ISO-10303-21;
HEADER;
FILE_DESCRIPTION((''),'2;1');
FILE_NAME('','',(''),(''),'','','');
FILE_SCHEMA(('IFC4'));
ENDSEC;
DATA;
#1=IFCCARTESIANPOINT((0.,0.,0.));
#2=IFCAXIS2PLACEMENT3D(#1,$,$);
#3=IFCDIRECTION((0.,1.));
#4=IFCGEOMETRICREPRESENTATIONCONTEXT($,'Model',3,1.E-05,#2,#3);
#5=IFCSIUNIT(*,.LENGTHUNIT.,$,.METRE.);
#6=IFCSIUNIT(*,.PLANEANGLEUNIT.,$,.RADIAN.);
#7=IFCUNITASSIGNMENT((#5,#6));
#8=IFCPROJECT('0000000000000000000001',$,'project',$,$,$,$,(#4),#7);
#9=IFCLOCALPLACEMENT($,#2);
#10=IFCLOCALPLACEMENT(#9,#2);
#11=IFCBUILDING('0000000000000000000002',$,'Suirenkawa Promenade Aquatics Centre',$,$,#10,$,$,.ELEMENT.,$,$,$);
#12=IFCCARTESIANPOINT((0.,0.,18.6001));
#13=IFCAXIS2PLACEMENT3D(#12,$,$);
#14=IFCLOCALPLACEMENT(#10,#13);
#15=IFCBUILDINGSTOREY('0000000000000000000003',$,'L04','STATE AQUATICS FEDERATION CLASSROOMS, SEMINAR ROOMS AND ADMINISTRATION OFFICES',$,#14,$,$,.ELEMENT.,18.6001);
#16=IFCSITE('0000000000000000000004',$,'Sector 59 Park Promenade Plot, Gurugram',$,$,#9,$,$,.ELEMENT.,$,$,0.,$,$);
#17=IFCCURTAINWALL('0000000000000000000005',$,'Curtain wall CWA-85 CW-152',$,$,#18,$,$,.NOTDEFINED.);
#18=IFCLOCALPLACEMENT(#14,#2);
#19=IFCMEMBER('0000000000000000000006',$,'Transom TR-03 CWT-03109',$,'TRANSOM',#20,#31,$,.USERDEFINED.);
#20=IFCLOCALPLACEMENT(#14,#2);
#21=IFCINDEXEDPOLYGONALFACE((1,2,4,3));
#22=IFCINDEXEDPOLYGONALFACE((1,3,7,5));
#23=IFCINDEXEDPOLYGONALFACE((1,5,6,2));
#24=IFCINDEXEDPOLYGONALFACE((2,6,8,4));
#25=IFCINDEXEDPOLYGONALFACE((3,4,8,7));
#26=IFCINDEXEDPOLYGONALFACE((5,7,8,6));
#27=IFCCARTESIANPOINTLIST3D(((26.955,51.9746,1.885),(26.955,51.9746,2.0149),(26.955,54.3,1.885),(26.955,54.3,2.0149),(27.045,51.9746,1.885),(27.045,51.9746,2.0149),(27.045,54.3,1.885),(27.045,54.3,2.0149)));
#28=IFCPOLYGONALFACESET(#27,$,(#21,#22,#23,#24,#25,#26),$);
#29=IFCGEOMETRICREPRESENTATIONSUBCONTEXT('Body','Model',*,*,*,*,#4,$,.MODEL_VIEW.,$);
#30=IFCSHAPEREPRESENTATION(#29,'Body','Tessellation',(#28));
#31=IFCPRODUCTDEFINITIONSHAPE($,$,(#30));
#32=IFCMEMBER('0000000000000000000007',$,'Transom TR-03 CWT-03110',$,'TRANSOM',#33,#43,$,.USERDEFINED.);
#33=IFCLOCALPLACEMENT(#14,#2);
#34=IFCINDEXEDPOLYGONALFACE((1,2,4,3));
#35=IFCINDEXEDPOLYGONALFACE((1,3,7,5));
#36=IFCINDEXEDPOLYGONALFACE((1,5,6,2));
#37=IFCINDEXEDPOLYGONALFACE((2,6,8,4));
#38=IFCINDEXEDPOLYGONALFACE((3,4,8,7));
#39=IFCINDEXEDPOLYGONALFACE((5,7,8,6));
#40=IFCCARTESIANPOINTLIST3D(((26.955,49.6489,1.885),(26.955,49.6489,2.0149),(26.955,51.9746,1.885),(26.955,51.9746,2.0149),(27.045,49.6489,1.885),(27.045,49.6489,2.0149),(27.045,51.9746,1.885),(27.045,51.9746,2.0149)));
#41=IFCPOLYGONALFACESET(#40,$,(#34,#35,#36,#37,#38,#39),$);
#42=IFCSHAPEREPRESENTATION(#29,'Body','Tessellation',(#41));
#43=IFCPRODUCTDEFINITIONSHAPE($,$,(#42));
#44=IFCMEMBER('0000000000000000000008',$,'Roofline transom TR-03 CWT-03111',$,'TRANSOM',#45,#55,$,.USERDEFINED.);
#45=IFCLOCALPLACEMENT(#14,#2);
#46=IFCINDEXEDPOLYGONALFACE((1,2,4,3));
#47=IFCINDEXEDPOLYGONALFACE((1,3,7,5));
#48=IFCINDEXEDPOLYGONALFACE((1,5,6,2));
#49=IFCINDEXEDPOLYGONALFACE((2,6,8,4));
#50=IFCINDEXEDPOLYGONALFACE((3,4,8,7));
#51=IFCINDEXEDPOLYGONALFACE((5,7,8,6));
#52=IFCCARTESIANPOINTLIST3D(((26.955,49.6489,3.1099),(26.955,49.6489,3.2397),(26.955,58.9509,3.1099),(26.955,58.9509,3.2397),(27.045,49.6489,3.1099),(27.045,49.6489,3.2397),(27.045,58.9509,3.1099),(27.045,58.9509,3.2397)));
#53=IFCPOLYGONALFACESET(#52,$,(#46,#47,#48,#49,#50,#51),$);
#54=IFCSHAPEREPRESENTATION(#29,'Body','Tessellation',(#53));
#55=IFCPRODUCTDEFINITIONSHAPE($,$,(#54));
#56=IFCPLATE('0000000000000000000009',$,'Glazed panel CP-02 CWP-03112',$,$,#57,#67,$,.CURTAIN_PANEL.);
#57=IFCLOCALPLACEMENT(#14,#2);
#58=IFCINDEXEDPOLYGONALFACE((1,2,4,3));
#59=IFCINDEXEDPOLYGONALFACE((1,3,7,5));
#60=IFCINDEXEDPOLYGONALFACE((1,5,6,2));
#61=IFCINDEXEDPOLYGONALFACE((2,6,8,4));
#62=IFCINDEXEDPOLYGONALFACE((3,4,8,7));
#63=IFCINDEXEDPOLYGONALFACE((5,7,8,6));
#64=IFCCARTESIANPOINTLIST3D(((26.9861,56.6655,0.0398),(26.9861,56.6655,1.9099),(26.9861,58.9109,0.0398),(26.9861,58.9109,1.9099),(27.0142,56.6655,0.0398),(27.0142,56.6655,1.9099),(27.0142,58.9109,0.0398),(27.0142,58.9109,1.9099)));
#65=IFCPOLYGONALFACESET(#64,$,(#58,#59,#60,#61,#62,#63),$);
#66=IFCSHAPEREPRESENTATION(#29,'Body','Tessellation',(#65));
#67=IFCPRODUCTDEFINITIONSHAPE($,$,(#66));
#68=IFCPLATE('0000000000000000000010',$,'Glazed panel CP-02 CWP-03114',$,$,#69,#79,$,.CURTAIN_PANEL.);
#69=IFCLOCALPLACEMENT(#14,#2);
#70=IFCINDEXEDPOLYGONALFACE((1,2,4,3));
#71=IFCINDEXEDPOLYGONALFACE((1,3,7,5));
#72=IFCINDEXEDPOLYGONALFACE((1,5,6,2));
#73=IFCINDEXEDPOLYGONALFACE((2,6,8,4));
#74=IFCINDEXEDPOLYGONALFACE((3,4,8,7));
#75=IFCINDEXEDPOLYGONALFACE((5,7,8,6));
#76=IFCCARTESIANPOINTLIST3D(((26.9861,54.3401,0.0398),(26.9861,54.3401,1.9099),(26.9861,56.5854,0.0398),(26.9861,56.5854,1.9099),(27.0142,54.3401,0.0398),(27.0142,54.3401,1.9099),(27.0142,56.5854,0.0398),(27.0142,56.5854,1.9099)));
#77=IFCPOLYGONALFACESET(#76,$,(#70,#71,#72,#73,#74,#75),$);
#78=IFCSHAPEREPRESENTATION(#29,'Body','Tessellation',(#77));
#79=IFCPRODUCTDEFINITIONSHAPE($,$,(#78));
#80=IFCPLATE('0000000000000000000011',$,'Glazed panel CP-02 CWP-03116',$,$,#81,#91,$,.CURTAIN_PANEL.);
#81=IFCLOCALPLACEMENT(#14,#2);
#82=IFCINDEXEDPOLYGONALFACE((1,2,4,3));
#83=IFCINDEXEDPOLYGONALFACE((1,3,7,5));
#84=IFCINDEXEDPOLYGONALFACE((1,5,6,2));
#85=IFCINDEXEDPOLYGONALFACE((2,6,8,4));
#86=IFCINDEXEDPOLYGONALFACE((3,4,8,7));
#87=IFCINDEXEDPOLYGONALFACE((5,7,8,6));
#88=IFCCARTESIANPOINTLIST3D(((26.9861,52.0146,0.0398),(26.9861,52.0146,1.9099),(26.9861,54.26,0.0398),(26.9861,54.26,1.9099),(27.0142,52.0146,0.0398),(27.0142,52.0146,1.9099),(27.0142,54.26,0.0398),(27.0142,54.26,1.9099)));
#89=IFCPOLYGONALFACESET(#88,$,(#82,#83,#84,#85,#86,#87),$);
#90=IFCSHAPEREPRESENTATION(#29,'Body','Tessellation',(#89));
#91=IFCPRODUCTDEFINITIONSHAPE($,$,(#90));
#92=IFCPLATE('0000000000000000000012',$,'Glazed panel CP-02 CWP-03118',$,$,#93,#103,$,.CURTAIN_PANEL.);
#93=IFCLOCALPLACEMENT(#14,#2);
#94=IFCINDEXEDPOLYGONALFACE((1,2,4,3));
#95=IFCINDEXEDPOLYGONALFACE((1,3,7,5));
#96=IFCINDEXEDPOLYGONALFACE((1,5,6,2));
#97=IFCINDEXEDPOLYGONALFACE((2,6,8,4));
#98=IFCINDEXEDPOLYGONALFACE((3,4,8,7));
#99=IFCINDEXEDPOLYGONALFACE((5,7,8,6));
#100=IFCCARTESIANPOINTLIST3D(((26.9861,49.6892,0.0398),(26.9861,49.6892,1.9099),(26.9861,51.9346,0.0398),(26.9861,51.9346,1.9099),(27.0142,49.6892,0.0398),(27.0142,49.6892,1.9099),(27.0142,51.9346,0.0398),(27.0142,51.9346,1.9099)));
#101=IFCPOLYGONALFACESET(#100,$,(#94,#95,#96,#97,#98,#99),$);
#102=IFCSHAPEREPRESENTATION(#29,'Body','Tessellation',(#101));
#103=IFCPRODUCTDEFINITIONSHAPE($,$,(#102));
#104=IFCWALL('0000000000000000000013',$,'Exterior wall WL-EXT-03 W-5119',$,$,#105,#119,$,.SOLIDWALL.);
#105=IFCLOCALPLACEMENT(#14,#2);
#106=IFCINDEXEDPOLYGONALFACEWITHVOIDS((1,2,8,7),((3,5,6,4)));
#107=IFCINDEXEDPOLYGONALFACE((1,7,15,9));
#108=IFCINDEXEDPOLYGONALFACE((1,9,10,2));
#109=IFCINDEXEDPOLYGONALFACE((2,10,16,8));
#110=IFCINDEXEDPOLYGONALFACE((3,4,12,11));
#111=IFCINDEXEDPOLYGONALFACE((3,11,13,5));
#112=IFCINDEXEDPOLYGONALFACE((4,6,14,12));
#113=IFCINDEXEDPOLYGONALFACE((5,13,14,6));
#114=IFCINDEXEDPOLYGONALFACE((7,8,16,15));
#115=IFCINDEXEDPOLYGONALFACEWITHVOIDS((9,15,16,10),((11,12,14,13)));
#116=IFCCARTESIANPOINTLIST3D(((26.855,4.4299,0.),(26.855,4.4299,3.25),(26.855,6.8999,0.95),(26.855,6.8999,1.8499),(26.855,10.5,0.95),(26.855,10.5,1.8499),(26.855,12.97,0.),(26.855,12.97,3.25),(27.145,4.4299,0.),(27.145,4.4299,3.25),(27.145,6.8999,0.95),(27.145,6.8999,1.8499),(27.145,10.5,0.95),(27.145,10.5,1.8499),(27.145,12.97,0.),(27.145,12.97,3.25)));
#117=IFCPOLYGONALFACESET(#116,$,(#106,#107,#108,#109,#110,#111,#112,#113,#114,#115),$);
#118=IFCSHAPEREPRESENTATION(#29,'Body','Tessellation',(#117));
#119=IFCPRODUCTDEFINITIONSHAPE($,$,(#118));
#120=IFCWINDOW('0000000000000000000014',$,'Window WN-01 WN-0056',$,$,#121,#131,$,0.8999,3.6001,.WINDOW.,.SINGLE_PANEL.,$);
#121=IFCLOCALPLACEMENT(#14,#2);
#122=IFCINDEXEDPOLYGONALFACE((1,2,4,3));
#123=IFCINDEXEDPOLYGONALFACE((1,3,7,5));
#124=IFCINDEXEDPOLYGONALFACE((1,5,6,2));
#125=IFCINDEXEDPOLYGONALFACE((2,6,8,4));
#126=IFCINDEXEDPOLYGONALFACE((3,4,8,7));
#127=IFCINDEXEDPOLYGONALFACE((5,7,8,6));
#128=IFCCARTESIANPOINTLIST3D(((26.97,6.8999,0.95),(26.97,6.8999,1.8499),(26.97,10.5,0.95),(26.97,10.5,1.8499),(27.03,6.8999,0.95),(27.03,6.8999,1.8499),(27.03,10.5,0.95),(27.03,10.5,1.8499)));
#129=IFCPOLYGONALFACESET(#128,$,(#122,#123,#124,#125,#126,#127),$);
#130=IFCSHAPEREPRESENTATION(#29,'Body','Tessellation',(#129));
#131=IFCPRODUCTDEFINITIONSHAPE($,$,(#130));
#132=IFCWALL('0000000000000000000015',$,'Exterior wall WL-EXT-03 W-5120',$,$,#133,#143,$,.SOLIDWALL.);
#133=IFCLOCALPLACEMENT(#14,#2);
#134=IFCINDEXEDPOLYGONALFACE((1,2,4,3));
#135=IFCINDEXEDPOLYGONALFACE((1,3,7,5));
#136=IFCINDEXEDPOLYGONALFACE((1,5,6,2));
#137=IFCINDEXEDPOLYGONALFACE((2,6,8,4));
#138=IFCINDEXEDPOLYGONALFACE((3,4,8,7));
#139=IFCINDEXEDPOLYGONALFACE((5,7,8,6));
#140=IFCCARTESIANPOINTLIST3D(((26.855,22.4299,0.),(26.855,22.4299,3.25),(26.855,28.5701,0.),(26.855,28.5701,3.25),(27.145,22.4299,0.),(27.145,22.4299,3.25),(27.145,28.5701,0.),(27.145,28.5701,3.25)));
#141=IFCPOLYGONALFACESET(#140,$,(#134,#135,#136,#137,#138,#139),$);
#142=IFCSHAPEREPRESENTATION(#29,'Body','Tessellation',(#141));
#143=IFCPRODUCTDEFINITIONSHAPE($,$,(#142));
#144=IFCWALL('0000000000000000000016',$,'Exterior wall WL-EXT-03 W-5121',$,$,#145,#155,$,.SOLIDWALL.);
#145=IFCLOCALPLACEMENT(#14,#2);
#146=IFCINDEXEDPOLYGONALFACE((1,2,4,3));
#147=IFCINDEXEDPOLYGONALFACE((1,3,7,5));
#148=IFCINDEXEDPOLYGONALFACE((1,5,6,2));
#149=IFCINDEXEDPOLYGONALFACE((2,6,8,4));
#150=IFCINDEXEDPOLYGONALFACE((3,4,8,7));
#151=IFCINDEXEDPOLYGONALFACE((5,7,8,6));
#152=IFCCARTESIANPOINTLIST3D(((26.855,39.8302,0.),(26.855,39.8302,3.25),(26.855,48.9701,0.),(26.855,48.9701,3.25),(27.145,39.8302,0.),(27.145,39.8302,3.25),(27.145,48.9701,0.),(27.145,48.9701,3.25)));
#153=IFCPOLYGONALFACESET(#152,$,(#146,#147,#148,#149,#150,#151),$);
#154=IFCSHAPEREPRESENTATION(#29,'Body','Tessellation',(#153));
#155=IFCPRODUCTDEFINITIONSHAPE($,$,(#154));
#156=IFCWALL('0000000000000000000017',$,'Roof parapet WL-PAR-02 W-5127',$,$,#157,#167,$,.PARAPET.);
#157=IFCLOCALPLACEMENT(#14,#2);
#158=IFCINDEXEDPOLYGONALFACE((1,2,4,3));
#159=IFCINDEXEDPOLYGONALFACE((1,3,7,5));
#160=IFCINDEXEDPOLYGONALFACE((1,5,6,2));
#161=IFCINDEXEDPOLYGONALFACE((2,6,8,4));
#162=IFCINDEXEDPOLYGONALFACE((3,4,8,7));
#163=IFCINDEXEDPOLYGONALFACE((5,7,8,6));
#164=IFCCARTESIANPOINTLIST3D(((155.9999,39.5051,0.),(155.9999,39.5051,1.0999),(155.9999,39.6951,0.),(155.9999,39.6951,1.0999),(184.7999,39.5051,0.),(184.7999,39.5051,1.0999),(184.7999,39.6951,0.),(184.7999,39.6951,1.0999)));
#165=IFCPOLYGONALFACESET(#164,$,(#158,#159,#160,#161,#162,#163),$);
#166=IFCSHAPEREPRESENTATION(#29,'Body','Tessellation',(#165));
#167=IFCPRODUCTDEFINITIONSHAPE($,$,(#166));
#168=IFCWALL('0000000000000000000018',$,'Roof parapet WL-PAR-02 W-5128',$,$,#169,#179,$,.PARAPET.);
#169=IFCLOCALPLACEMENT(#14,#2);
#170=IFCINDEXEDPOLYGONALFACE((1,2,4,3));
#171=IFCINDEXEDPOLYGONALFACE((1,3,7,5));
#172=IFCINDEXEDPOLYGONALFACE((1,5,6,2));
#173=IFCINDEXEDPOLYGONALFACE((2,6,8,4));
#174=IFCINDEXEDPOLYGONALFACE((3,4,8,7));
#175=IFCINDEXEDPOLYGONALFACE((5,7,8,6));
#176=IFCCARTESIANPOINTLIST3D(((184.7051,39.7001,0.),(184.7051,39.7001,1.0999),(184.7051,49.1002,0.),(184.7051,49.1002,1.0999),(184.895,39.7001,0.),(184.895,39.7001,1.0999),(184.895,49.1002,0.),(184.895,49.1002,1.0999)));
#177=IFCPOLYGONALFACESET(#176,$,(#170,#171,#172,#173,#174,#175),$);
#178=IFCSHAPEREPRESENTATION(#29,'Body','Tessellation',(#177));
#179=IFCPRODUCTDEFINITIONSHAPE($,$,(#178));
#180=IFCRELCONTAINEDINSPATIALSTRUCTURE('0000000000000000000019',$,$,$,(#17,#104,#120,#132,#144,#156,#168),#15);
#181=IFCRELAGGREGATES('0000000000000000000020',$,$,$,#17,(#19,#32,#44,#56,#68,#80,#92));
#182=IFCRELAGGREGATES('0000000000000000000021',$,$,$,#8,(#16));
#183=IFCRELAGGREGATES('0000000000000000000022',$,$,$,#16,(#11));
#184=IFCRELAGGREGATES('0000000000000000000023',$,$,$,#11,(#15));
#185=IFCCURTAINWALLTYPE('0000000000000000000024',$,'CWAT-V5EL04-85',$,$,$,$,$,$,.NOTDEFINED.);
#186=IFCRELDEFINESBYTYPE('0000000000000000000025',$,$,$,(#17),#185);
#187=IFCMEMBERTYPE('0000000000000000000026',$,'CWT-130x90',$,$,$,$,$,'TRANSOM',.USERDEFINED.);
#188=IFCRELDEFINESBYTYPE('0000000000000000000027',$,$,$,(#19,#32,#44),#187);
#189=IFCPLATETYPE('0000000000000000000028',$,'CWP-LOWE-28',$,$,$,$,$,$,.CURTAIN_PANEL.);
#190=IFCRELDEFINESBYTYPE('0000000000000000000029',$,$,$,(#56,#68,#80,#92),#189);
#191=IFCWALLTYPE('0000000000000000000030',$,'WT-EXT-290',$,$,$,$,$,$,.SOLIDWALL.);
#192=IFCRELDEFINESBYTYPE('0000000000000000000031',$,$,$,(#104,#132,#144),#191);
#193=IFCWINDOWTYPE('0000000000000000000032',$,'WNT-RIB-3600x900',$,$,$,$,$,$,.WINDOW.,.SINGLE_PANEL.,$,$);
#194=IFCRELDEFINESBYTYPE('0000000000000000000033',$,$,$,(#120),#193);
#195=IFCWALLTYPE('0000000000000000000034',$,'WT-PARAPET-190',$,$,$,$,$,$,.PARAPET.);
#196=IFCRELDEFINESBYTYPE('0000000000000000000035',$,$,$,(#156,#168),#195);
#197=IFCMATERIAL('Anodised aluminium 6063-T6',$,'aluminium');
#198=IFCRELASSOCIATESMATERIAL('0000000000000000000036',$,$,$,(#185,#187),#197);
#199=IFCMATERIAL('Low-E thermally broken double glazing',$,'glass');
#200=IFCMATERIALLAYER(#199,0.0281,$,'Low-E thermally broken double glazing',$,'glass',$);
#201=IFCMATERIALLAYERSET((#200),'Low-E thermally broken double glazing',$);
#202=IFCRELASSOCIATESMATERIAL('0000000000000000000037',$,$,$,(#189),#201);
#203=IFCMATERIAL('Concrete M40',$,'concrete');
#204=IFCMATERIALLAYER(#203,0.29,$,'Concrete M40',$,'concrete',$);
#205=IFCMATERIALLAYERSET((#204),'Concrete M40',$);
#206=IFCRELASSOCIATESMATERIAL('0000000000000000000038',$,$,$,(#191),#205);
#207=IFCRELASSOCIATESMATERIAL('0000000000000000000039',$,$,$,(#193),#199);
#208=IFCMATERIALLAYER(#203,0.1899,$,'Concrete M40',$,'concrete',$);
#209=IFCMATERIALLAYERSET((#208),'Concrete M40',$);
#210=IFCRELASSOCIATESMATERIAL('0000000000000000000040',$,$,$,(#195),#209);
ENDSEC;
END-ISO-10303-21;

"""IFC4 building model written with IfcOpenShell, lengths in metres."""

from ifc_helpers import new_model, si_unit, direction, frame, frame_2d, origin, origin_2d, place, context, subcontext, project, spatial, polyline, rectangle, outline, extrude, material, layer, layer_set, material_profile, profile_set, type_object, element, fill, aggregate, save


model = new_model("IFC4")

# Units and contexts
model_context = context("Model", 3, precision=1e-05, world=origin(), true_north=direction((0.0, 1.0)))
body_context = subcontext(model_context, "Body", "Model", "MODEL_VIEW")
ifc_project = project(units=[si_unit("LENGTHUNIT", "METRE"), si_unit("PLANEANGLEUNIT", "RADIAN")], contexts=[model_context])

# Site, building, storey
site_placement = place(None, origin())
site = spatial("IfcSite", under=ifc_project, at=site_placement, Name="Sector 59 Park Promenade Plot, Gurugram", CompositionType="ELEMENT", RefElevation=0.0)
building_placement = place(site_placement, origin())
building = spatial("IfcBuilding", under=site, at=building_placement, Name="Suirenkawa Promenade Aquatics Centre", CompositionType="ELEMENT")
storey_placement = place(building_placement, frame((0.0, 0.0, 18.6001)))
storey = spatial("IfcBuildingStorey", under=building, at=storey_placement, Name="L04", Description="STATE AQUATICS FEDERATION CLASSROOMS, SEMINAR ROOMS AND ADMINISTRATION OFFICES", CompositionType="ELEMENT", Elevation=18.6001)

# Curtain wall, members, plates
ifc_material_1 = material(Name="Anodised aluminium 6063-T6", Category="aluminium")
curtain_wall_type = type_object("IfcCurtainWallType", Name="CWAT-V5EL04-85", PredefinedType="NOTDEFINED", material=ifc_material_1)
curtain_wall_placement = place(storey_placement, origin())
curtain_wall = element("IfcCurtainWall", 1, at=curtain_wall_placement, inside=storey, type_object=curtain_wall_type, Name="Curtain wall CWA-85 CW-152", PredefinedType="NOTDEFINED")
ifc_material_profile = material_profile(ifc_material_1, rectangle(XDim=0.0901, YDim=0.1299, at=origin_2d()), Name="ALU TRAN 90x130", Category="aluminium")
ifc_profile_set = profile_set([ifc_material_profile], Name="Anodised aluminium 6063-T6")
member_type = type_object("IfcMemberType", Name="CWT-130x90", ElementType="TRANSOM", PredefinedType="USERDEFINED", material=ifc_profile_set)
member_1_placement = place(storey_placement, frame((27.0, 54.3, 1.95), z_axis=(0.0, -1.0, 0.0), x_axis=(1.0, 0.0, 0.0)))
member_1 = element("IfcMember", 2, at=member_1_placement, type_object=member_type, Name="Transom TR-03 CWT-03109", ObjectType="TRANSOM", PredefinedType="USERDEFINED", context=body_context, shape_type="SweptSolid", body=[
    extrude(rectangle(XDim=0.0901, YDim=0.1299, at=origin_2d()), origin(), (0.0, 0.0, 1.0), 2.3254),
])
member_2_placement = place(storey_placement, frame((27.0, 51.9746, 1.95), z_axis=(0.0, -1.0, 0.0), x_axis=(1.0, 0.0, 0.0)))
member_2 = element("IfcMember", 3, at=member_2_placement, type_object=member_type, Name="Transom TR-03 CWT-03110", ObjectType="TRANSOM", PredefinedType="USERDEFINED", context=body_context, shape_type="SweptSolid", body=[
    extrude(rectangle(XDim=0.0901, YDim=0.1299, at=origin_2d()), origin(), (0.0, 0.0, 1.0), 2.3257),
])
member_3_placement = place(storey_placement, frame((27.0, 58.9509, 3.1748), z_axis=(0.0, -1.0, 0.0), x_axis=(1.0, 0.0, 0.0)))
member_3 = element("IfcMember", 4, at=member_3_placement, type_object=member_type, Name="Roofline transom TR-03 CWT-03111", ObjectType="TRANSOM", PredefinedType="USERDEFINED", context=body_context, shape_type="SweptSolid", body=[
    extrude(rectangle(XDim=0.0901, YDim=0.1299, at=origin_2d()), origin(), (0.0, 0.0, 1.0), 9.302),
])
ifc_material_2 = material(Name="Low-E thermally broken double glazing", Category="glass")
ifc_layer_1 = layer(ifc_material_2, 0.0281, Name="Low-E thermally broken double glazing", Category="glass")
ifc_layer_set_1 = layer_set([ifc_layer_1], Name="Low-E thermally broken double glazing")
plate_type = type_object("IfcPlateType", Name="CWP-LOWE-28", PredefinedType="CURTAIN_PANEL", material=ifc_layer_set_1)
plate_1_placement = place(storey_placement, frame((27.0, 58.9509, 0.0398), z_axis=(0.0, 0.0, 1.0), x_axis=(0.0, -1.0, 0.0)))
plate_1 = element("IfcPlate", 5, at=plate_1_placement, type_object=plate_type, Name="Glazed panel CP-02 CWP-03112", PredefinedType="CURTAIN_PANEL", context=body_context, shape_type="SweptSolid", body=[
    extrude(outline(polyline([(0.04, 0.0), (2.2854, 0.0), (2.2854, 1.8701), (0.04, 1.8701), (0.04, 0.0)])), frame((0.0, 0.0142, 0.0), z_axis=(0.0, -1.0, 0.0), x_axis=(1.0, 0.0, 0.0)), (0.0, 0.0, 1.0), 0.0281),
])
plate_2_placement = place(storey_placement, frame((27.0, 56.6255, 0.0398), z_axis=(0.0, 0.0, 1.0), x_axis=(0.0, -1.0, 0.0)))
plate_2 = element("IfcPlate", 6, at=plate_2_placement, type_object=plate_type, Name="Glazed panel CP-02 CWP-03114", PredefinedType="CURTAIN_PANEL", context=body_context, shape_type="SweptSolid", body=[
    extrude(outline(polyline([(0.04, 0.0), (2.2854, 0.0), (2.2854, 1.8701), (0.04, 1.8701), (0.04, 0.0)])), frame((0.0, 0.0142, 0.0), z_axis=(0.0, -1.0, 0.0), x_axis=(1.0, 0.0, 0.0)), (0.0, 0.0, 1.0), 0.0281),
])
plate_3_placement = place(storey_placement, frame((27.0, 54.3, 0.0398), z_axis=(0.0, 0.0, 1.0), x_axis=(0.0, -1.0, 0.0)))
plate_3 = element("IfcPlate", 7, at=plate_3_placement, type_object=plate_type, Name="Glazed panel CP-02 CWP-03116", PredefinedType="CURTAIN_PANEL", context=body_context, shape_type="SweptSolid", body=[
    extrude(outline(polyline([(0.04, 0.0), (2.2854, 0.0), (2.2854, 1.8701), (0.04, 1.8701), (0.04, 0.0)])), frame((0.0, 0.0142, 0.0), z_axis=(0.0, -1.0, 0.0), x_axis=(1.0, 0.0, 0.0)), (0.0, 0.0, 1.0), 0.0281),
])
plate_4_placement = place(storey_placement, frame((27.0, 51.9746, 0.0398), z_axis=(0.0, 0.0, 1.0), x_axis=(0.0, -1.0, 0.0)))
plate_4 = element("IfcPlate", 8, at=plate_4_placement, type_object=plate_type, Name="Glazed panel CP-02 CWP-03118", PredefinedType="CURTAIN_PANEL", context=body_context, shape_type="SweptSolid", body=[
    extrude(outline(polyline([(0.04, 0.0), (2.2854, 0.0), (2.2854, 1.8701), (0.04, 1.8701), (0.04, 0.0)])), frame((0.0, 0.0142, 0.0), z_axis=(0.0, -1.0, 0.0), x_axis=(1.0, 0.0, 0.0)), (0.0, 0.0, 1.0), 0.0281),
])
aggregate(curtain_wall, [member_1, member_2, member_3, plate_1, plate_2, plate_3, plate_4])

# Wall, opening, window
ifc_material_3 = material(Name="Concrete M40", Category="concrete")
ifc_layer_2 = layer(ifc_material_3, 0.29, Name="Concrete M40", Category="concrete")
ifc_layer_set_2 = layer_set([ifc_layer_2], Name="Concrete M40")
wall_type_1 = type_object("IfcWallType", Name="WT-EXT-290", PredefinedType="SOLIDWALL", material=ifc_layer_set_2)
wall_1_placement = place(storey_placement, frame((27.0, 12.97, 0.0), z_axis=(0.0, 0.0, 1.0), x_axis=(0.0, -1.0, 0.0)))
wall_1 = element("IfcWall", 9, at=wall_1_placement, inside=storey, type_object=wall_type_1, Name="Exterior wall WL-EXT-03 W-5119", PredefinedType="SOLIDWALL", context=body_context, shape_type="SweptSolid", body=[
    extrude(rectangle(XDim=8.54, YDim=0.29, at=frame_2d((4.27, 0.0))), origin(), (0.0, 0.0, 1.0), 3.25),
])
opening_placement = place(wall_1_placement, frame((2.47, 0.0, 0.95)))
opening = element("IfcOpeningElement", 10, at=opening_placement, cuts=wall_1, PredefinedType="OPENING", context=body_context, shape_type="SweptSolid", body=[
    extrude(rectangle(XDim=3.6001, YDim=0.8999, at=frame_2d((1.8, 0.45))), frame((0.0, 0.155, 0.0), z_axis=(0.0, -1.0, 0.0), x_axis=(1.0, 0.0, 0.0)), (0.0, 0.0, 1.0), 0.3101),
])
window_type = type_object("IfcWindowType", Name="WNT-RIB-3600x900", PartitioningType="SINGLE_PANEL", PredefinedType="WINDOW", material=ifc_material_2)
window_placement = place(opening_placement, origin())
window = element("IfcWindow", 11, at=window_placement, inside=storey, type_object=window_type, Name="Window WN-01 WN-0056", OverallHeight=0.8999, OverallWidth=3.6001, PartitioningType="SINGLE_PANEL", PredefinedType="WINDOW", context=body_context, shape_type="SweptSolid", body=[
    extrude(rectangle(XDim=3.6001, YDim=0.8999, at=frame_2d((1.8, 0.45))), frame((0.0, 0.03, 0.0), z_axis=(0.0, -1.0, 0.0), x_axis=(1.0, 0.0, 0.0)), (0.0, 0.0, 1.0), 0.0601),
])
fill(opening, window)

# Walls
wall_2_placement = place(storey_placement, frame((27.0, 28.5701, 0.0), z_axis=(0.0, 0.0, 1.0), x_axis=(0.0, -1.0, 0.0)))
element("IfcWall", 12, at=wall_2_placement, inside=storey, type_object=wall_type_1, Name="Exterior wall WL-EXT-03 W-5120", PredefinedType="SOLIDWALL", context=body_context, shape_type="SweptSolid", body=[
    extrude(rectangle(XDim=6.1401, YDim=0.29, at=frame_2d((3.0701, 0.0))), origin(), (0.0, 0.0, 1.0), 3.25),
])
wall_3_placement = place(storey_placement, frame((27.0, 48.97, 0.0), z_axis=(0.0, 0.0, 1.0), x_axis=(0.0, -1.0, 0.0)))
element("IfcWall", 13, at=wall_3_placement, inside=storey, type_object=wall_type_1, Name="Exterior wall WL-EXT-03 W-5121", PredefinedType="SOLIDWALL", context=body_context, shape_type="SweptSolid", body=[
    extrude(rectangle(XDim=9.1399, YDim=0.29, at=frame_2d((4.5698, 0.0))), origin(), (0.0, 0.0, 1.0), 3.25),
])
ifc_layer_3 = layer(ifc_material_3, 0.1899, Name="Concrete M40", Category="concrete")
ifc_layer_set_3 = layer_set([ifc_layer_3], Name="Concrete M40")
wall_type_2 = type_object("IfcWallType", Name="WT-PARAPET-190", PredefinedType="PARAPET", material=ifc_layer_set_3)
wall_4_placement = place(storey_placement, frame((156.0, 39.6001, 0.0), z_axis=(0.0, 0.0, 1.0), x_axis=(1.0, 0.0, 0.0)))
element("IfcWall", 14, at=wall_4_placement, inside=storey, type_object=wall_type_2, Name="Roof parapet WL-PAR-02 W-5127", PredefinedType="PARAPET", context=body_context, shape_type="SweptSolid", body=[
    extrude(rectangle(XDim=28.8, YDim=0.1899, at=frame_2d((14.3999, 0.0))), origin(), (0.0, 0.0, 1.0), 1.0999),
])
wall_5_placement = place(storey_placement, frame((184.8, 39.7, 0.0), z_axis=(0.0, 0.0, 1.0), x_axis=(0.0, 1.0, 0.0)))
element("IfcWall", 15, at=wall_5_placement, inside=storey, type_object=wall_type_2, Name="Roof parapet WL-PAR-02 W-5128", PredefinedType="PARAPET", context=body_context, shape_type="SweptSolid", body=[
    extrude(rectangle(XDim=9.4001, YDim=0.1899, at=frame_2d((4.7002, 0.0))), origin(), (0.0, 0.0, 1.0), 1.0999),
])

save(model, "model.ifc")
